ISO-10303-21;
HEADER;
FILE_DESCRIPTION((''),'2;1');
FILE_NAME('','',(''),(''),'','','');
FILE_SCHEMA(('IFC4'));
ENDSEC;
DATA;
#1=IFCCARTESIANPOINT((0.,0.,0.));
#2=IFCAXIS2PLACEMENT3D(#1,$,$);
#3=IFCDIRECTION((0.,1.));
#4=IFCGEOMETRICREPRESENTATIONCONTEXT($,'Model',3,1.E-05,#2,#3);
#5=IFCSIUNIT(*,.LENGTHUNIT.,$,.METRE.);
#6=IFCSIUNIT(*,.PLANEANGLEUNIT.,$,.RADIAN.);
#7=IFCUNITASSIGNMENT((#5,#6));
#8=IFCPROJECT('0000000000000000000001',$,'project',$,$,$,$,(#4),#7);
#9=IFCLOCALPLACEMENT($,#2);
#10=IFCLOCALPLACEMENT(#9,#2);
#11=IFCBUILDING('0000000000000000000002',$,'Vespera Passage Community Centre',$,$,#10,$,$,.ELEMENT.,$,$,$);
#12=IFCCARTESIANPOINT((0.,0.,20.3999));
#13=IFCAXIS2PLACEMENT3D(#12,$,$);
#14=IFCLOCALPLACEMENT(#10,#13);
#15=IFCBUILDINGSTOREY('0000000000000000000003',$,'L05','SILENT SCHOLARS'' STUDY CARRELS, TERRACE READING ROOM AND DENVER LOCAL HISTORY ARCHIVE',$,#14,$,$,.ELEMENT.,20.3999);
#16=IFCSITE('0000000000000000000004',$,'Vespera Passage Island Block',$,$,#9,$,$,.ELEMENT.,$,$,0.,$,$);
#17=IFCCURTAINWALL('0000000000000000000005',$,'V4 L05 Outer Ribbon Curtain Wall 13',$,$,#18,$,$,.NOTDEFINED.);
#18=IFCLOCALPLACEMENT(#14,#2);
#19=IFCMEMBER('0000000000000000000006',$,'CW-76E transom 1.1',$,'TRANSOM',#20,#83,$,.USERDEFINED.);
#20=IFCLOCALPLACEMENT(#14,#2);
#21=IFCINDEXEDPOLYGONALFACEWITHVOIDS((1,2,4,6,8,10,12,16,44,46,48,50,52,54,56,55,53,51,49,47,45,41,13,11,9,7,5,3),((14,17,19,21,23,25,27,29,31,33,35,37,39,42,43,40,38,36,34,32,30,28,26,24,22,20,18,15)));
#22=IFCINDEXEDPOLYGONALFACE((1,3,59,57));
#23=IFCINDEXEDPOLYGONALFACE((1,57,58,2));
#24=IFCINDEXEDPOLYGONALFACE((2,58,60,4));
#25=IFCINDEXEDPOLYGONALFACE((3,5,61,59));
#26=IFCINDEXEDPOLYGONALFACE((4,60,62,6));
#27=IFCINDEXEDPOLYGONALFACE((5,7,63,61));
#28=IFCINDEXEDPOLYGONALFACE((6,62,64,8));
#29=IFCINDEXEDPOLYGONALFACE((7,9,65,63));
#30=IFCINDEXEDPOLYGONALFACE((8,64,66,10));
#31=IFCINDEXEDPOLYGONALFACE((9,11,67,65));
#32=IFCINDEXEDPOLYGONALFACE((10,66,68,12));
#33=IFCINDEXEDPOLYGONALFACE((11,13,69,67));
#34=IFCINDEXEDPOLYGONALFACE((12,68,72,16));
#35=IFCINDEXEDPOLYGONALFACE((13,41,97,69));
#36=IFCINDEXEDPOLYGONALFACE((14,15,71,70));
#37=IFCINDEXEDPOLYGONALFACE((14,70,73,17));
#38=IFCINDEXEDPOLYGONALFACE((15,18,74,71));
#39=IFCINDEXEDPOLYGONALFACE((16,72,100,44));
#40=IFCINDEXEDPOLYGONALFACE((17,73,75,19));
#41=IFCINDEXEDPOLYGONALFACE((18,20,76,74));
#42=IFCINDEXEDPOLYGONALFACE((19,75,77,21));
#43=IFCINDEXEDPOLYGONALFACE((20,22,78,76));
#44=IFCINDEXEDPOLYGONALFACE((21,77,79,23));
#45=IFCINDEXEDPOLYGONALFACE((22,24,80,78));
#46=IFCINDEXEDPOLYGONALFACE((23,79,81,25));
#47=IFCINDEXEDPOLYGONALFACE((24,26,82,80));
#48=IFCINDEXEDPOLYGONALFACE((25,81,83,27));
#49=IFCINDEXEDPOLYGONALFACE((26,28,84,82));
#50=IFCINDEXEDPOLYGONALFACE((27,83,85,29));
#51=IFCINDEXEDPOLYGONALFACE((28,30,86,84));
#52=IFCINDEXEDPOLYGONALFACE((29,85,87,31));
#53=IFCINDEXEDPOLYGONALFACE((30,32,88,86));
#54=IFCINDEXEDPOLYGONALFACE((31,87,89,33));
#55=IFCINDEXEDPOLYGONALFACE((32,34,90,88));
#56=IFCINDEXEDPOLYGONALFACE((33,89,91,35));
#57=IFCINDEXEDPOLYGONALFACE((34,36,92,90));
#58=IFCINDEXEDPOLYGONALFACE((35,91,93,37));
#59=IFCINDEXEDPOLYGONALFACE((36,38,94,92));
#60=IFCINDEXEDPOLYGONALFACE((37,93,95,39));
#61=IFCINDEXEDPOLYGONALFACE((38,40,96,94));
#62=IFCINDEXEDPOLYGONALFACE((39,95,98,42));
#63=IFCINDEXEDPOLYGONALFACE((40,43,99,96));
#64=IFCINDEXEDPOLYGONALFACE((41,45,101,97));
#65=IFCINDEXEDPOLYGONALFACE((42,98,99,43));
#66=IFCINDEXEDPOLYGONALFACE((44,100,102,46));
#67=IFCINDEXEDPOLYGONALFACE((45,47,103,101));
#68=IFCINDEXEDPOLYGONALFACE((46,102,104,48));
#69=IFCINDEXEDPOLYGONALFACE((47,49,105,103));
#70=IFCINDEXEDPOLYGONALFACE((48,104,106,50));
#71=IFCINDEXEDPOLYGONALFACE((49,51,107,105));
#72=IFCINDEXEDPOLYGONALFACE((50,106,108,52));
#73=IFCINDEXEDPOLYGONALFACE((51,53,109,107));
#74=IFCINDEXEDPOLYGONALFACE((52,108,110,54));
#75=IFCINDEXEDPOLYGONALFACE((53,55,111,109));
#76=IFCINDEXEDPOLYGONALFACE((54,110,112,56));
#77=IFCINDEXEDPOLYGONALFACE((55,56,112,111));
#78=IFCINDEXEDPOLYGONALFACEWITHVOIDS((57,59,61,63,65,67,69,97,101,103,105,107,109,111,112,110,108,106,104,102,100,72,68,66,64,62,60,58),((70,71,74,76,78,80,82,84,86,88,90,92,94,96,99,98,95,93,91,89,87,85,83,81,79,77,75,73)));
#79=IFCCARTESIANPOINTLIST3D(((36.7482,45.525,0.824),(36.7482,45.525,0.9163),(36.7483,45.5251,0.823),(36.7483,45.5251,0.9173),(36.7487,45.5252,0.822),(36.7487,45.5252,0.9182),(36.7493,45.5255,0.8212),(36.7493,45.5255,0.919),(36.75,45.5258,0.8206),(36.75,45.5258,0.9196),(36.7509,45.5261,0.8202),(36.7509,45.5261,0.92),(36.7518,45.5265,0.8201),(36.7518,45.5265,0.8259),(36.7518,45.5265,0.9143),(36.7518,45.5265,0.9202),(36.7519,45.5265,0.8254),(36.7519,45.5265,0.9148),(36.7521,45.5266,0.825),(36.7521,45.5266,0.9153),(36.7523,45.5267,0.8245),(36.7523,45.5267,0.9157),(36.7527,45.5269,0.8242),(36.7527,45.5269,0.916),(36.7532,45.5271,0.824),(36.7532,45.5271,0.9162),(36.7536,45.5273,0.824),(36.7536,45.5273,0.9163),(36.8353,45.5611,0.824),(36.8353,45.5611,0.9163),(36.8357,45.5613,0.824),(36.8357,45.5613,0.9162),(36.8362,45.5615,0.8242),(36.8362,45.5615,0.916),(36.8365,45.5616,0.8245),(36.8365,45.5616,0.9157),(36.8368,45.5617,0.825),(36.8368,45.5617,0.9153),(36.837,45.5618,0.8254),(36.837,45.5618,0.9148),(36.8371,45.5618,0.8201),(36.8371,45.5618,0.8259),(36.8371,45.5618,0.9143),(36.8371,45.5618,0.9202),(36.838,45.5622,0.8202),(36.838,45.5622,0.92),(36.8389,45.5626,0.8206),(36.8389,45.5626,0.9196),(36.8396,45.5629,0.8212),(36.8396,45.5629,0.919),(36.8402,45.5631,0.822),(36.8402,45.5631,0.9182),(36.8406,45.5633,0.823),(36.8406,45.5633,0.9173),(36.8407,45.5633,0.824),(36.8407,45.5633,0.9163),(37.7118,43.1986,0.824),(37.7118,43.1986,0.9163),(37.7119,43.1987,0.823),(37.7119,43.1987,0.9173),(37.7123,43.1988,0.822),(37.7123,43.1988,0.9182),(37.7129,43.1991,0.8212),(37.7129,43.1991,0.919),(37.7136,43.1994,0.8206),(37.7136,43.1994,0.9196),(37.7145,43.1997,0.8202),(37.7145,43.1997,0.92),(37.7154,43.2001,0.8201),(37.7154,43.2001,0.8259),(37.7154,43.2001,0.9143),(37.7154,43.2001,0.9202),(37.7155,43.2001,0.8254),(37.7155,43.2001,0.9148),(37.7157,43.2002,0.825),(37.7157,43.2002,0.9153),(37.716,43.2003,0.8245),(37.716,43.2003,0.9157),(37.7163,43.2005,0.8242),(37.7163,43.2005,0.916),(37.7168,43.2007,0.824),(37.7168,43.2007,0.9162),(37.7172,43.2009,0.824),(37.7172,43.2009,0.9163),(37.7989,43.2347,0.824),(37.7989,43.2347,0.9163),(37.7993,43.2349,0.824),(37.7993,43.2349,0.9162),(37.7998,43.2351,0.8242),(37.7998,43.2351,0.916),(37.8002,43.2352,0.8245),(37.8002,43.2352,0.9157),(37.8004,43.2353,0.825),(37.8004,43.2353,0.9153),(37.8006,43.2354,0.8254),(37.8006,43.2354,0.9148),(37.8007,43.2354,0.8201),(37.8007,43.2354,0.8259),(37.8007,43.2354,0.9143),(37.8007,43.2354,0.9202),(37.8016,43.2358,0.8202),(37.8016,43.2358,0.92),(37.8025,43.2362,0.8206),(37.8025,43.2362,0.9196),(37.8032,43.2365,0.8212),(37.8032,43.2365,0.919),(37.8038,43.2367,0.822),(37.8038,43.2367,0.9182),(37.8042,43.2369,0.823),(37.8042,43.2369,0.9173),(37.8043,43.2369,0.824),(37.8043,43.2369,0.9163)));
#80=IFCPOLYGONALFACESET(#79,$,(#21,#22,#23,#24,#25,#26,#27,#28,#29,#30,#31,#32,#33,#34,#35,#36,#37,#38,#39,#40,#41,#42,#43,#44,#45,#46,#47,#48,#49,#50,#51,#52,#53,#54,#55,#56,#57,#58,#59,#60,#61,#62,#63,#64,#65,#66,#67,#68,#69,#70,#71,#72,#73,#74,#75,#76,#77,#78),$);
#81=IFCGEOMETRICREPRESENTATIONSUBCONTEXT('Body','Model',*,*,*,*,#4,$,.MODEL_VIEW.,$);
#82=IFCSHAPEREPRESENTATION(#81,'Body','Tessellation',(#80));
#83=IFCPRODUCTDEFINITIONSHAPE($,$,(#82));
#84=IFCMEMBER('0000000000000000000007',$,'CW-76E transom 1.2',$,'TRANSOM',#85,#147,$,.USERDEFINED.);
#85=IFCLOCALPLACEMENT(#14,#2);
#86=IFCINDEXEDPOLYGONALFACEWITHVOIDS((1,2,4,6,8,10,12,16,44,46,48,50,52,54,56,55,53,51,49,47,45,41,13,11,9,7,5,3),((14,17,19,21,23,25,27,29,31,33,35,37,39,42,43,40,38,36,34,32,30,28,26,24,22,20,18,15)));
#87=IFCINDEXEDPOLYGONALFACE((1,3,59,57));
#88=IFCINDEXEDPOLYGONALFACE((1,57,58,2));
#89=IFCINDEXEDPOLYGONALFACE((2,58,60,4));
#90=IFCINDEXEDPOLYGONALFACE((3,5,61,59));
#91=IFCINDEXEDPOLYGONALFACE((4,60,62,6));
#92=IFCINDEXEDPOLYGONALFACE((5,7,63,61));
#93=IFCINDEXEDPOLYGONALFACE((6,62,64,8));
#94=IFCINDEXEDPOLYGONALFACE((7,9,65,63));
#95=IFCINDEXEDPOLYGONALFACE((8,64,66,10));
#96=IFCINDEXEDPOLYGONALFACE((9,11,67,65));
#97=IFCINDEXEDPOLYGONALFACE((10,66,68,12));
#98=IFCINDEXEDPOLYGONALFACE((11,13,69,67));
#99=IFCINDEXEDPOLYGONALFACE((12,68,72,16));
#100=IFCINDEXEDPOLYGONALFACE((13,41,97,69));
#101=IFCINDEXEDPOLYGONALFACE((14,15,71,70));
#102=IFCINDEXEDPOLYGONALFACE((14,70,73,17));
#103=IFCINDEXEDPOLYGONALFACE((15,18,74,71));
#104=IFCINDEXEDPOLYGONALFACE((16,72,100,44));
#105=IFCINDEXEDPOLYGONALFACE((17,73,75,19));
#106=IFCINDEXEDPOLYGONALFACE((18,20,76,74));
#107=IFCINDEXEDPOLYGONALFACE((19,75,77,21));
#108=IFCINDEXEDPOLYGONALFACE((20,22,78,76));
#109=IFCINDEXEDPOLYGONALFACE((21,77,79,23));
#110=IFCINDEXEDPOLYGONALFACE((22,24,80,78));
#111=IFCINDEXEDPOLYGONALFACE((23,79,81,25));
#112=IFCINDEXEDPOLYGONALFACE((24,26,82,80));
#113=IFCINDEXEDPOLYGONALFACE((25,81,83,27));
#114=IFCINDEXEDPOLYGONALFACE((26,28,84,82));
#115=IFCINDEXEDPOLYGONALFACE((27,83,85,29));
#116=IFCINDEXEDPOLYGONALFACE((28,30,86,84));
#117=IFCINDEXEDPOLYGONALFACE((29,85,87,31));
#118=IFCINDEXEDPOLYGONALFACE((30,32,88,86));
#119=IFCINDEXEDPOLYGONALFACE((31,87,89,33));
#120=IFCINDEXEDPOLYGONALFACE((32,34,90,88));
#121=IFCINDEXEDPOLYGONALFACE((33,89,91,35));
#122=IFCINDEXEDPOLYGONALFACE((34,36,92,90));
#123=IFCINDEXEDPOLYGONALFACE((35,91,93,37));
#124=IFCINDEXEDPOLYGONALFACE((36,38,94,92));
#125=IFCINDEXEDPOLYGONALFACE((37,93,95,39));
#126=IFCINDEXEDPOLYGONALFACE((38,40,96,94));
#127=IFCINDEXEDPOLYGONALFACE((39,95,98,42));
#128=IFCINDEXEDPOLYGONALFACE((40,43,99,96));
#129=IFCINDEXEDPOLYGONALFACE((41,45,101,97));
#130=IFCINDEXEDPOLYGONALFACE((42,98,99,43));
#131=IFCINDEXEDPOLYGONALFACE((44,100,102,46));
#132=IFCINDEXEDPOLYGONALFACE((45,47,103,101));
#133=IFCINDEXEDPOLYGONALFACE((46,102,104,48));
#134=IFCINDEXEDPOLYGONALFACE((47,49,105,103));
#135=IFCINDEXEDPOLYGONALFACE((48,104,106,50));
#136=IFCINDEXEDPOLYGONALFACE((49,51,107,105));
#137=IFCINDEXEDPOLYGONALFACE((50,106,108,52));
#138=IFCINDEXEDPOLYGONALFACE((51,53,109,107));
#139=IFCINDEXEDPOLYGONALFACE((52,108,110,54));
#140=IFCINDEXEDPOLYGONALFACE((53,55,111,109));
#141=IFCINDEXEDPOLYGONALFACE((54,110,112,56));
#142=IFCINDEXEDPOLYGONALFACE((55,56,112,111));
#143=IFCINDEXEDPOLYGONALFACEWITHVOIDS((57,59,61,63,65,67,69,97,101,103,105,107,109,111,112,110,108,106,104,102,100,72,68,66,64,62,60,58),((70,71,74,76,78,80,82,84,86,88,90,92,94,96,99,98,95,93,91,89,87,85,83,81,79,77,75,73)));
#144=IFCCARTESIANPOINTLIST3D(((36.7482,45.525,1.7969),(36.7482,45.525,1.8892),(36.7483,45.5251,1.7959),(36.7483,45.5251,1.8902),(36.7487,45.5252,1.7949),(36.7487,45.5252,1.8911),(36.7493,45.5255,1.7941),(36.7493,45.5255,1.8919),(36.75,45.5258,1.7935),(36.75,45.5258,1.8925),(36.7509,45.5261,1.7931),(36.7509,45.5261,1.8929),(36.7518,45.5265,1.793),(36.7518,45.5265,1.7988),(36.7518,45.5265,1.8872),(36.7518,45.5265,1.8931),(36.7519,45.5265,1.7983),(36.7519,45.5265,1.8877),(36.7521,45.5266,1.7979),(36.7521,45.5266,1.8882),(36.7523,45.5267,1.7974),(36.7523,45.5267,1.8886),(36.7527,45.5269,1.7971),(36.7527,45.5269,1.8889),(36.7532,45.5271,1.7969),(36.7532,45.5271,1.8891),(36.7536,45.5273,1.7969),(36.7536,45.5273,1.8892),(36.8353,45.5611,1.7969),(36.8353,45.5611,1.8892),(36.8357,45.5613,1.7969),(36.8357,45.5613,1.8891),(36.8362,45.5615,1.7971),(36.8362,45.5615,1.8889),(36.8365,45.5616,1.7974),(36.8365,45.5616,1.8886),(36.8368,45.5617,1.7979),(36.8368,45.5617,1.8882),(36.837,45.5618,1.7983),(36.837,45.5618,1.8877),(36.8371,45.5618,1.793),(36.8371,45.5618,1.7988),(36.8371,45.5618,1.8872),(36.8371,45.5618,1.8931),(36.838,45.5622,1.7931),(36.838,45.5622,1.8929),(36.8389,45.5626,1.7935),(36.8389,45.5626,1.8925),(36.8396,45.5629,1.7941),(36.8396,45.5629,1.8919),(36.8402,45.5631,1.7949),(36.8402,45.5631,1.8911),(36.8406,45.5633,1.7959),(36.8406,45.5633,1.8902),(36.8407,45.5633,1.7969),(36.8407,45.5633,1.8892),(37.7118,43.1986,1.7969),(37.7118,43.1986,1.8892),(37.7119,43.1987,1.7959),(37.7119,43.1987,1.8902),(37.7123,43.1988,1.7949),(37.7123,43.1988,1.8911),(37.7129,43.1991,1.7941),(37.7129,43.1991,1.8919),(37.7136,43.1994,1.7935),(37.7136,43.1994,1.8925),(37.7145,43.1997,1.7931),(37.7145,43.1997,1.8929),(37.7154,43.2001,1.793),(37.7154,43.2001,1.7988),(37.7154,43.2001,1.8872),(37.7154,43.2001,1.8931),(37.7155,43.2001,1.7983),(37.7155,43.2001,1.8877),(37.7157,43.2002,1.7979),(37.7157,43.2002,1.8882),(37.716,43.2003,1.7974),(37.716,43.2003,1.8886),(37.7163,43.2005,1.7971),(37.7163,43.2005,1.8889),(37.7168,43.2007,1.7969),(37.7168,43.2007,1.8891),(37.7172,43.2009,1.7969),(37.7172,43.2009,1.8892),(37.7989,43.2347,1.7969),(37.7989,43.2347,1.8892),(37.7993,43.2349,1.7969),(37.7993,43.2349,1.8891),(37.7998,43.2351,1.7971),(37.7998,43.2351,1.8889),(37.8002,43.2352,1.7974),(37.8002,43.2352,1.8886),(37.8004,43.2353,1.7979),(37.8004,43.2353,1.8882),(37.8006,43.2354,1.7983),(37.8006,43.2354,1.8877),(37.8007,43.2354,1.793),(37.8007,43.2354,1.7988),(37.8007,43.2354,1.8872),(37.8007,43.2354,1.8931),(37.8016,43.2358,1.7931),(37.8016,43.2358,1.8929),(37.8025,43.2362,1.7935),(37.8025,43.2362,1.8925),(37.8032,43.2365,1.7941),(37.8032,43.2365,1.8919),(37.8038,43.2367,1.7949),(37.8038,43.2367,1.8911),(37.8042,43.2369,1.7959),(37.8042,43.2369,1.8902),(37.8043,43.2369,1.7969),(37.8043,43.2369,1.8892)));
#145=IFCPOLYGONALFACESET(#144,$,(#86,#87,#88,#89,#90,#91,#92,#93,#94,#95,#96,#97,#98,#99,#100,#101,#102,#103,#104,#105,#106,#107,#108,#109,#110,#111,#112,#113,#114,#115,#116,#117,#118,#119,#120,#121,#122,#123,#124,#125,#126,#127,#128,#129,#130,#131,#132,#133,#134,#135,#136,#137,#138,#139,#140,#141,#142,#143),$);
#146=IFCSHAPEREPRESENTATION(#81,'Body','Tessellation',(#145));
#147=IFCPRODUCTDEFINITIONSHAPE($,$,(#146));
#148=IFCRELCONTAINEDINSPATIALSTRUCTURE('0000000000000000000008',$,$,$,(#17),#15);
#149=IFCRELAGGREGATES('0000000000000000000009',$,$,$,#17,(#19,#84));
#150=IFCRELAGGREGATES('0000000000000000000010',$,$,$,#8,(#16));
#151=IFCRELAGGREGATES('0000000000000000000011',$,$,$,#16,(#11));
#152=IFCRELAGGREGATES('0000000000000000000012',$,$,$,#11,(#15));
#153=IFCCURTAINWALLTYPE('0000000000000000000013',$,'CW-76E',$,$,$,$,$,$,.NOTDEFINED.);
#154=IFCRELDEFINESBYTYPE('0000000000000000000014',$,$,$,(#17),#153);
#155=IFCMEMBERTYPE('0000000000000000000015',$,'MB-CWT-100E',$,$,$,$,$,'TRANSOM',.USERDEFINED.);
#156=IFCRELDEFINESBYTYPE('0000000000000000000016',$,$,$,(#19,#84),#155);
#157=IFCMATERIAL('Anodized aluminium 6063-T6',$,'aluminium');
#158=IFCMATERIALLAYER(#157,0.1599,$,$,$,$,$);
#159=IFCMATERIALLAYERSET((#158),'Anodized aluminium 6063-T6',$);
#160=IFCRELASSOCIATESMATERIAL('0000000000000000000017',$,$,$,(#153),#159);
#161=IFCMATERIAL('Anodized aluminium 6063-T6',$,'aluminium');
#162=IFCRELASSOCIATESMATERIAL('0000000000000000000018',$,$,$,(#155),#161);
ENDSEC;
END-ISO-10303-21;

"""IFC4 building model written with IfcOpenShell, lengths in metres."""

from ifc_helpers import new_model, si_unit, direction, frame, origin, origin_2d, place, context, subcontext, project, spatial, hollow_rectangle, extrude, material, layer, layer_set, material_profile, profile_set, type_object, element, aggregate, save


model = new_model("IFC4")

# Units and contexts
model_context = context("Model", 3, precision=1e-05, world=origin(), true_north=direction((0.0, 1.0)))
body_context = subcontext(model_context, "Body", "Model", "MODEL_VIEW")
ifc_project = project(units=[si_unit("LENGTHUNIT", "METRE"), si_unit("PLANEANGLEUNIT", "RADIAN")], contexts=[model_context])

# Site, building, storey
site_placement = place(None, origin())
site = spatial("IfcSite", under=ifc_project, at=site_placement, Name="Vespera Passage Island Block", CompositionType="ELEMENT", RefElevation=0.0)
building_placement = place(site_placement, origin())
building = spatial("IfcBuilding", under=site, at=building_placement, Name="Vespera Passage Community Centre", CompositionType="ELEMENT")
storey_placement = place(building_placement, frame((0.0, 0.0, 20.3999)))
storey = spatial("IfcBuildingStorey", under=building, at=storey_placement, Name="L05", Description="SILENT SCHOLARS' STUDY CARRELS, TERRACE READING ROOM AND DENVER LOCAL HISTORY ARCHIVE", CompositionType="ELEMENT", Elevation=20.3999)

# Curtain wall
ifc_material_1 = material(Name="Anodized aluminium 6063-T6", Category="aluminium")
ifc_layer_1 = layer(ifc_material_1, 0.1599)
ifc_layer_set_1 = layer_set([ifc_layer_1], Name="Anodized aluminium 6063-T6")
curtain_wall_type_1 = type_object("IfcCurtainWallType", Name="CW-76E", PredefinedType="NOTDEFINED", material=ifc_layer_set_1)
curtain_wall_1_placement = place(storey_placement, origin())
curtain_wall_1 = element("IfcCurtainWall", 1, at=curtain_wall_1_placement, inside=storey, type_object=curtain_wall_type_1, Name="V4 L05 Outer Ribbon Curtain Wall 13", PredefinedType="NOTDEFINED")

# Members
ifc_material_2 = material(Name="Anodized aluminium 6063-T6", Category="aluminium")
ifc_material_profile_1 = material_profile(ifc_material_2, hollow_rectangle(XDim=0.1001, YDim=0.1001, WallThickness=0.0039, InnerFilletRadius=0.002, OuterFilletRadius=0.0039, at=origin_2d()), Name="ALU100X100X4")
ifc_profile_set_1 = profile_set([ifc_material_profile_1], Name="Anodized aluminium 6063-T6")
member_type_1 = type_object("IfcMemberType", Name="MB-CWT-100E", ElementType="TRANSOM", PredefinedType="USERDEFINED", material=ifc_profile_set_1)
member_1_placement = place(storey_placement, frame((37.7581, 43.2178, 0.8701), z_axis=(-0.38268, 0.923881, 0.0), x_axis=(-0.923881, -0.38268, 0.0)))
member_1 = element("IfcMember", 2, at=member_1_placement, type_object=member_type_1, Name="CW-76E transom 1.1", ObjectType="TRANSOM", PredefinedType="USERDEFINED", context=body_context, shape_type="SweptSolid", body=[
    extrude(hollow_rectangle(XDim=0.1001, YDim=0.1001, WallThickness=0.0039, InnerFilletRadius=0.002, OuterFilletRadius=0.0039, at=origin_2d()), origin(), (0.0, 0.0, 1.0), 2.5181),
])
member_2_placement = place(storey_placement, frame((37.7581, 43.2178, 1.843), z_axis=(-0.38268, 0.923881, 0.0), x_axis=(-0.923881, -0.38268, 0.0)))
member_2 = element("IfcMember", 3, at=member_2_placement, type_object=member_type_1, Name="CW-76E transom 1.2", ObjectType="TRANSOM", PredefinedType="USERDEFINED", context=body_context, shape_type="SweptSolid", body=[
    extrude(hollow_rectangle(XDim=0.1001, YDim=0.1001, WallThickness=0.0039, InnerFilletRadius=0.002, OuterFilletRadius=0.0039, at=origin_2d()), origin(), (0.0, 0.0, 1.0), 2.5181),
])

aggregate(curtain_wall_1, [member_1, member_2])

save(model, "model.ifc")
